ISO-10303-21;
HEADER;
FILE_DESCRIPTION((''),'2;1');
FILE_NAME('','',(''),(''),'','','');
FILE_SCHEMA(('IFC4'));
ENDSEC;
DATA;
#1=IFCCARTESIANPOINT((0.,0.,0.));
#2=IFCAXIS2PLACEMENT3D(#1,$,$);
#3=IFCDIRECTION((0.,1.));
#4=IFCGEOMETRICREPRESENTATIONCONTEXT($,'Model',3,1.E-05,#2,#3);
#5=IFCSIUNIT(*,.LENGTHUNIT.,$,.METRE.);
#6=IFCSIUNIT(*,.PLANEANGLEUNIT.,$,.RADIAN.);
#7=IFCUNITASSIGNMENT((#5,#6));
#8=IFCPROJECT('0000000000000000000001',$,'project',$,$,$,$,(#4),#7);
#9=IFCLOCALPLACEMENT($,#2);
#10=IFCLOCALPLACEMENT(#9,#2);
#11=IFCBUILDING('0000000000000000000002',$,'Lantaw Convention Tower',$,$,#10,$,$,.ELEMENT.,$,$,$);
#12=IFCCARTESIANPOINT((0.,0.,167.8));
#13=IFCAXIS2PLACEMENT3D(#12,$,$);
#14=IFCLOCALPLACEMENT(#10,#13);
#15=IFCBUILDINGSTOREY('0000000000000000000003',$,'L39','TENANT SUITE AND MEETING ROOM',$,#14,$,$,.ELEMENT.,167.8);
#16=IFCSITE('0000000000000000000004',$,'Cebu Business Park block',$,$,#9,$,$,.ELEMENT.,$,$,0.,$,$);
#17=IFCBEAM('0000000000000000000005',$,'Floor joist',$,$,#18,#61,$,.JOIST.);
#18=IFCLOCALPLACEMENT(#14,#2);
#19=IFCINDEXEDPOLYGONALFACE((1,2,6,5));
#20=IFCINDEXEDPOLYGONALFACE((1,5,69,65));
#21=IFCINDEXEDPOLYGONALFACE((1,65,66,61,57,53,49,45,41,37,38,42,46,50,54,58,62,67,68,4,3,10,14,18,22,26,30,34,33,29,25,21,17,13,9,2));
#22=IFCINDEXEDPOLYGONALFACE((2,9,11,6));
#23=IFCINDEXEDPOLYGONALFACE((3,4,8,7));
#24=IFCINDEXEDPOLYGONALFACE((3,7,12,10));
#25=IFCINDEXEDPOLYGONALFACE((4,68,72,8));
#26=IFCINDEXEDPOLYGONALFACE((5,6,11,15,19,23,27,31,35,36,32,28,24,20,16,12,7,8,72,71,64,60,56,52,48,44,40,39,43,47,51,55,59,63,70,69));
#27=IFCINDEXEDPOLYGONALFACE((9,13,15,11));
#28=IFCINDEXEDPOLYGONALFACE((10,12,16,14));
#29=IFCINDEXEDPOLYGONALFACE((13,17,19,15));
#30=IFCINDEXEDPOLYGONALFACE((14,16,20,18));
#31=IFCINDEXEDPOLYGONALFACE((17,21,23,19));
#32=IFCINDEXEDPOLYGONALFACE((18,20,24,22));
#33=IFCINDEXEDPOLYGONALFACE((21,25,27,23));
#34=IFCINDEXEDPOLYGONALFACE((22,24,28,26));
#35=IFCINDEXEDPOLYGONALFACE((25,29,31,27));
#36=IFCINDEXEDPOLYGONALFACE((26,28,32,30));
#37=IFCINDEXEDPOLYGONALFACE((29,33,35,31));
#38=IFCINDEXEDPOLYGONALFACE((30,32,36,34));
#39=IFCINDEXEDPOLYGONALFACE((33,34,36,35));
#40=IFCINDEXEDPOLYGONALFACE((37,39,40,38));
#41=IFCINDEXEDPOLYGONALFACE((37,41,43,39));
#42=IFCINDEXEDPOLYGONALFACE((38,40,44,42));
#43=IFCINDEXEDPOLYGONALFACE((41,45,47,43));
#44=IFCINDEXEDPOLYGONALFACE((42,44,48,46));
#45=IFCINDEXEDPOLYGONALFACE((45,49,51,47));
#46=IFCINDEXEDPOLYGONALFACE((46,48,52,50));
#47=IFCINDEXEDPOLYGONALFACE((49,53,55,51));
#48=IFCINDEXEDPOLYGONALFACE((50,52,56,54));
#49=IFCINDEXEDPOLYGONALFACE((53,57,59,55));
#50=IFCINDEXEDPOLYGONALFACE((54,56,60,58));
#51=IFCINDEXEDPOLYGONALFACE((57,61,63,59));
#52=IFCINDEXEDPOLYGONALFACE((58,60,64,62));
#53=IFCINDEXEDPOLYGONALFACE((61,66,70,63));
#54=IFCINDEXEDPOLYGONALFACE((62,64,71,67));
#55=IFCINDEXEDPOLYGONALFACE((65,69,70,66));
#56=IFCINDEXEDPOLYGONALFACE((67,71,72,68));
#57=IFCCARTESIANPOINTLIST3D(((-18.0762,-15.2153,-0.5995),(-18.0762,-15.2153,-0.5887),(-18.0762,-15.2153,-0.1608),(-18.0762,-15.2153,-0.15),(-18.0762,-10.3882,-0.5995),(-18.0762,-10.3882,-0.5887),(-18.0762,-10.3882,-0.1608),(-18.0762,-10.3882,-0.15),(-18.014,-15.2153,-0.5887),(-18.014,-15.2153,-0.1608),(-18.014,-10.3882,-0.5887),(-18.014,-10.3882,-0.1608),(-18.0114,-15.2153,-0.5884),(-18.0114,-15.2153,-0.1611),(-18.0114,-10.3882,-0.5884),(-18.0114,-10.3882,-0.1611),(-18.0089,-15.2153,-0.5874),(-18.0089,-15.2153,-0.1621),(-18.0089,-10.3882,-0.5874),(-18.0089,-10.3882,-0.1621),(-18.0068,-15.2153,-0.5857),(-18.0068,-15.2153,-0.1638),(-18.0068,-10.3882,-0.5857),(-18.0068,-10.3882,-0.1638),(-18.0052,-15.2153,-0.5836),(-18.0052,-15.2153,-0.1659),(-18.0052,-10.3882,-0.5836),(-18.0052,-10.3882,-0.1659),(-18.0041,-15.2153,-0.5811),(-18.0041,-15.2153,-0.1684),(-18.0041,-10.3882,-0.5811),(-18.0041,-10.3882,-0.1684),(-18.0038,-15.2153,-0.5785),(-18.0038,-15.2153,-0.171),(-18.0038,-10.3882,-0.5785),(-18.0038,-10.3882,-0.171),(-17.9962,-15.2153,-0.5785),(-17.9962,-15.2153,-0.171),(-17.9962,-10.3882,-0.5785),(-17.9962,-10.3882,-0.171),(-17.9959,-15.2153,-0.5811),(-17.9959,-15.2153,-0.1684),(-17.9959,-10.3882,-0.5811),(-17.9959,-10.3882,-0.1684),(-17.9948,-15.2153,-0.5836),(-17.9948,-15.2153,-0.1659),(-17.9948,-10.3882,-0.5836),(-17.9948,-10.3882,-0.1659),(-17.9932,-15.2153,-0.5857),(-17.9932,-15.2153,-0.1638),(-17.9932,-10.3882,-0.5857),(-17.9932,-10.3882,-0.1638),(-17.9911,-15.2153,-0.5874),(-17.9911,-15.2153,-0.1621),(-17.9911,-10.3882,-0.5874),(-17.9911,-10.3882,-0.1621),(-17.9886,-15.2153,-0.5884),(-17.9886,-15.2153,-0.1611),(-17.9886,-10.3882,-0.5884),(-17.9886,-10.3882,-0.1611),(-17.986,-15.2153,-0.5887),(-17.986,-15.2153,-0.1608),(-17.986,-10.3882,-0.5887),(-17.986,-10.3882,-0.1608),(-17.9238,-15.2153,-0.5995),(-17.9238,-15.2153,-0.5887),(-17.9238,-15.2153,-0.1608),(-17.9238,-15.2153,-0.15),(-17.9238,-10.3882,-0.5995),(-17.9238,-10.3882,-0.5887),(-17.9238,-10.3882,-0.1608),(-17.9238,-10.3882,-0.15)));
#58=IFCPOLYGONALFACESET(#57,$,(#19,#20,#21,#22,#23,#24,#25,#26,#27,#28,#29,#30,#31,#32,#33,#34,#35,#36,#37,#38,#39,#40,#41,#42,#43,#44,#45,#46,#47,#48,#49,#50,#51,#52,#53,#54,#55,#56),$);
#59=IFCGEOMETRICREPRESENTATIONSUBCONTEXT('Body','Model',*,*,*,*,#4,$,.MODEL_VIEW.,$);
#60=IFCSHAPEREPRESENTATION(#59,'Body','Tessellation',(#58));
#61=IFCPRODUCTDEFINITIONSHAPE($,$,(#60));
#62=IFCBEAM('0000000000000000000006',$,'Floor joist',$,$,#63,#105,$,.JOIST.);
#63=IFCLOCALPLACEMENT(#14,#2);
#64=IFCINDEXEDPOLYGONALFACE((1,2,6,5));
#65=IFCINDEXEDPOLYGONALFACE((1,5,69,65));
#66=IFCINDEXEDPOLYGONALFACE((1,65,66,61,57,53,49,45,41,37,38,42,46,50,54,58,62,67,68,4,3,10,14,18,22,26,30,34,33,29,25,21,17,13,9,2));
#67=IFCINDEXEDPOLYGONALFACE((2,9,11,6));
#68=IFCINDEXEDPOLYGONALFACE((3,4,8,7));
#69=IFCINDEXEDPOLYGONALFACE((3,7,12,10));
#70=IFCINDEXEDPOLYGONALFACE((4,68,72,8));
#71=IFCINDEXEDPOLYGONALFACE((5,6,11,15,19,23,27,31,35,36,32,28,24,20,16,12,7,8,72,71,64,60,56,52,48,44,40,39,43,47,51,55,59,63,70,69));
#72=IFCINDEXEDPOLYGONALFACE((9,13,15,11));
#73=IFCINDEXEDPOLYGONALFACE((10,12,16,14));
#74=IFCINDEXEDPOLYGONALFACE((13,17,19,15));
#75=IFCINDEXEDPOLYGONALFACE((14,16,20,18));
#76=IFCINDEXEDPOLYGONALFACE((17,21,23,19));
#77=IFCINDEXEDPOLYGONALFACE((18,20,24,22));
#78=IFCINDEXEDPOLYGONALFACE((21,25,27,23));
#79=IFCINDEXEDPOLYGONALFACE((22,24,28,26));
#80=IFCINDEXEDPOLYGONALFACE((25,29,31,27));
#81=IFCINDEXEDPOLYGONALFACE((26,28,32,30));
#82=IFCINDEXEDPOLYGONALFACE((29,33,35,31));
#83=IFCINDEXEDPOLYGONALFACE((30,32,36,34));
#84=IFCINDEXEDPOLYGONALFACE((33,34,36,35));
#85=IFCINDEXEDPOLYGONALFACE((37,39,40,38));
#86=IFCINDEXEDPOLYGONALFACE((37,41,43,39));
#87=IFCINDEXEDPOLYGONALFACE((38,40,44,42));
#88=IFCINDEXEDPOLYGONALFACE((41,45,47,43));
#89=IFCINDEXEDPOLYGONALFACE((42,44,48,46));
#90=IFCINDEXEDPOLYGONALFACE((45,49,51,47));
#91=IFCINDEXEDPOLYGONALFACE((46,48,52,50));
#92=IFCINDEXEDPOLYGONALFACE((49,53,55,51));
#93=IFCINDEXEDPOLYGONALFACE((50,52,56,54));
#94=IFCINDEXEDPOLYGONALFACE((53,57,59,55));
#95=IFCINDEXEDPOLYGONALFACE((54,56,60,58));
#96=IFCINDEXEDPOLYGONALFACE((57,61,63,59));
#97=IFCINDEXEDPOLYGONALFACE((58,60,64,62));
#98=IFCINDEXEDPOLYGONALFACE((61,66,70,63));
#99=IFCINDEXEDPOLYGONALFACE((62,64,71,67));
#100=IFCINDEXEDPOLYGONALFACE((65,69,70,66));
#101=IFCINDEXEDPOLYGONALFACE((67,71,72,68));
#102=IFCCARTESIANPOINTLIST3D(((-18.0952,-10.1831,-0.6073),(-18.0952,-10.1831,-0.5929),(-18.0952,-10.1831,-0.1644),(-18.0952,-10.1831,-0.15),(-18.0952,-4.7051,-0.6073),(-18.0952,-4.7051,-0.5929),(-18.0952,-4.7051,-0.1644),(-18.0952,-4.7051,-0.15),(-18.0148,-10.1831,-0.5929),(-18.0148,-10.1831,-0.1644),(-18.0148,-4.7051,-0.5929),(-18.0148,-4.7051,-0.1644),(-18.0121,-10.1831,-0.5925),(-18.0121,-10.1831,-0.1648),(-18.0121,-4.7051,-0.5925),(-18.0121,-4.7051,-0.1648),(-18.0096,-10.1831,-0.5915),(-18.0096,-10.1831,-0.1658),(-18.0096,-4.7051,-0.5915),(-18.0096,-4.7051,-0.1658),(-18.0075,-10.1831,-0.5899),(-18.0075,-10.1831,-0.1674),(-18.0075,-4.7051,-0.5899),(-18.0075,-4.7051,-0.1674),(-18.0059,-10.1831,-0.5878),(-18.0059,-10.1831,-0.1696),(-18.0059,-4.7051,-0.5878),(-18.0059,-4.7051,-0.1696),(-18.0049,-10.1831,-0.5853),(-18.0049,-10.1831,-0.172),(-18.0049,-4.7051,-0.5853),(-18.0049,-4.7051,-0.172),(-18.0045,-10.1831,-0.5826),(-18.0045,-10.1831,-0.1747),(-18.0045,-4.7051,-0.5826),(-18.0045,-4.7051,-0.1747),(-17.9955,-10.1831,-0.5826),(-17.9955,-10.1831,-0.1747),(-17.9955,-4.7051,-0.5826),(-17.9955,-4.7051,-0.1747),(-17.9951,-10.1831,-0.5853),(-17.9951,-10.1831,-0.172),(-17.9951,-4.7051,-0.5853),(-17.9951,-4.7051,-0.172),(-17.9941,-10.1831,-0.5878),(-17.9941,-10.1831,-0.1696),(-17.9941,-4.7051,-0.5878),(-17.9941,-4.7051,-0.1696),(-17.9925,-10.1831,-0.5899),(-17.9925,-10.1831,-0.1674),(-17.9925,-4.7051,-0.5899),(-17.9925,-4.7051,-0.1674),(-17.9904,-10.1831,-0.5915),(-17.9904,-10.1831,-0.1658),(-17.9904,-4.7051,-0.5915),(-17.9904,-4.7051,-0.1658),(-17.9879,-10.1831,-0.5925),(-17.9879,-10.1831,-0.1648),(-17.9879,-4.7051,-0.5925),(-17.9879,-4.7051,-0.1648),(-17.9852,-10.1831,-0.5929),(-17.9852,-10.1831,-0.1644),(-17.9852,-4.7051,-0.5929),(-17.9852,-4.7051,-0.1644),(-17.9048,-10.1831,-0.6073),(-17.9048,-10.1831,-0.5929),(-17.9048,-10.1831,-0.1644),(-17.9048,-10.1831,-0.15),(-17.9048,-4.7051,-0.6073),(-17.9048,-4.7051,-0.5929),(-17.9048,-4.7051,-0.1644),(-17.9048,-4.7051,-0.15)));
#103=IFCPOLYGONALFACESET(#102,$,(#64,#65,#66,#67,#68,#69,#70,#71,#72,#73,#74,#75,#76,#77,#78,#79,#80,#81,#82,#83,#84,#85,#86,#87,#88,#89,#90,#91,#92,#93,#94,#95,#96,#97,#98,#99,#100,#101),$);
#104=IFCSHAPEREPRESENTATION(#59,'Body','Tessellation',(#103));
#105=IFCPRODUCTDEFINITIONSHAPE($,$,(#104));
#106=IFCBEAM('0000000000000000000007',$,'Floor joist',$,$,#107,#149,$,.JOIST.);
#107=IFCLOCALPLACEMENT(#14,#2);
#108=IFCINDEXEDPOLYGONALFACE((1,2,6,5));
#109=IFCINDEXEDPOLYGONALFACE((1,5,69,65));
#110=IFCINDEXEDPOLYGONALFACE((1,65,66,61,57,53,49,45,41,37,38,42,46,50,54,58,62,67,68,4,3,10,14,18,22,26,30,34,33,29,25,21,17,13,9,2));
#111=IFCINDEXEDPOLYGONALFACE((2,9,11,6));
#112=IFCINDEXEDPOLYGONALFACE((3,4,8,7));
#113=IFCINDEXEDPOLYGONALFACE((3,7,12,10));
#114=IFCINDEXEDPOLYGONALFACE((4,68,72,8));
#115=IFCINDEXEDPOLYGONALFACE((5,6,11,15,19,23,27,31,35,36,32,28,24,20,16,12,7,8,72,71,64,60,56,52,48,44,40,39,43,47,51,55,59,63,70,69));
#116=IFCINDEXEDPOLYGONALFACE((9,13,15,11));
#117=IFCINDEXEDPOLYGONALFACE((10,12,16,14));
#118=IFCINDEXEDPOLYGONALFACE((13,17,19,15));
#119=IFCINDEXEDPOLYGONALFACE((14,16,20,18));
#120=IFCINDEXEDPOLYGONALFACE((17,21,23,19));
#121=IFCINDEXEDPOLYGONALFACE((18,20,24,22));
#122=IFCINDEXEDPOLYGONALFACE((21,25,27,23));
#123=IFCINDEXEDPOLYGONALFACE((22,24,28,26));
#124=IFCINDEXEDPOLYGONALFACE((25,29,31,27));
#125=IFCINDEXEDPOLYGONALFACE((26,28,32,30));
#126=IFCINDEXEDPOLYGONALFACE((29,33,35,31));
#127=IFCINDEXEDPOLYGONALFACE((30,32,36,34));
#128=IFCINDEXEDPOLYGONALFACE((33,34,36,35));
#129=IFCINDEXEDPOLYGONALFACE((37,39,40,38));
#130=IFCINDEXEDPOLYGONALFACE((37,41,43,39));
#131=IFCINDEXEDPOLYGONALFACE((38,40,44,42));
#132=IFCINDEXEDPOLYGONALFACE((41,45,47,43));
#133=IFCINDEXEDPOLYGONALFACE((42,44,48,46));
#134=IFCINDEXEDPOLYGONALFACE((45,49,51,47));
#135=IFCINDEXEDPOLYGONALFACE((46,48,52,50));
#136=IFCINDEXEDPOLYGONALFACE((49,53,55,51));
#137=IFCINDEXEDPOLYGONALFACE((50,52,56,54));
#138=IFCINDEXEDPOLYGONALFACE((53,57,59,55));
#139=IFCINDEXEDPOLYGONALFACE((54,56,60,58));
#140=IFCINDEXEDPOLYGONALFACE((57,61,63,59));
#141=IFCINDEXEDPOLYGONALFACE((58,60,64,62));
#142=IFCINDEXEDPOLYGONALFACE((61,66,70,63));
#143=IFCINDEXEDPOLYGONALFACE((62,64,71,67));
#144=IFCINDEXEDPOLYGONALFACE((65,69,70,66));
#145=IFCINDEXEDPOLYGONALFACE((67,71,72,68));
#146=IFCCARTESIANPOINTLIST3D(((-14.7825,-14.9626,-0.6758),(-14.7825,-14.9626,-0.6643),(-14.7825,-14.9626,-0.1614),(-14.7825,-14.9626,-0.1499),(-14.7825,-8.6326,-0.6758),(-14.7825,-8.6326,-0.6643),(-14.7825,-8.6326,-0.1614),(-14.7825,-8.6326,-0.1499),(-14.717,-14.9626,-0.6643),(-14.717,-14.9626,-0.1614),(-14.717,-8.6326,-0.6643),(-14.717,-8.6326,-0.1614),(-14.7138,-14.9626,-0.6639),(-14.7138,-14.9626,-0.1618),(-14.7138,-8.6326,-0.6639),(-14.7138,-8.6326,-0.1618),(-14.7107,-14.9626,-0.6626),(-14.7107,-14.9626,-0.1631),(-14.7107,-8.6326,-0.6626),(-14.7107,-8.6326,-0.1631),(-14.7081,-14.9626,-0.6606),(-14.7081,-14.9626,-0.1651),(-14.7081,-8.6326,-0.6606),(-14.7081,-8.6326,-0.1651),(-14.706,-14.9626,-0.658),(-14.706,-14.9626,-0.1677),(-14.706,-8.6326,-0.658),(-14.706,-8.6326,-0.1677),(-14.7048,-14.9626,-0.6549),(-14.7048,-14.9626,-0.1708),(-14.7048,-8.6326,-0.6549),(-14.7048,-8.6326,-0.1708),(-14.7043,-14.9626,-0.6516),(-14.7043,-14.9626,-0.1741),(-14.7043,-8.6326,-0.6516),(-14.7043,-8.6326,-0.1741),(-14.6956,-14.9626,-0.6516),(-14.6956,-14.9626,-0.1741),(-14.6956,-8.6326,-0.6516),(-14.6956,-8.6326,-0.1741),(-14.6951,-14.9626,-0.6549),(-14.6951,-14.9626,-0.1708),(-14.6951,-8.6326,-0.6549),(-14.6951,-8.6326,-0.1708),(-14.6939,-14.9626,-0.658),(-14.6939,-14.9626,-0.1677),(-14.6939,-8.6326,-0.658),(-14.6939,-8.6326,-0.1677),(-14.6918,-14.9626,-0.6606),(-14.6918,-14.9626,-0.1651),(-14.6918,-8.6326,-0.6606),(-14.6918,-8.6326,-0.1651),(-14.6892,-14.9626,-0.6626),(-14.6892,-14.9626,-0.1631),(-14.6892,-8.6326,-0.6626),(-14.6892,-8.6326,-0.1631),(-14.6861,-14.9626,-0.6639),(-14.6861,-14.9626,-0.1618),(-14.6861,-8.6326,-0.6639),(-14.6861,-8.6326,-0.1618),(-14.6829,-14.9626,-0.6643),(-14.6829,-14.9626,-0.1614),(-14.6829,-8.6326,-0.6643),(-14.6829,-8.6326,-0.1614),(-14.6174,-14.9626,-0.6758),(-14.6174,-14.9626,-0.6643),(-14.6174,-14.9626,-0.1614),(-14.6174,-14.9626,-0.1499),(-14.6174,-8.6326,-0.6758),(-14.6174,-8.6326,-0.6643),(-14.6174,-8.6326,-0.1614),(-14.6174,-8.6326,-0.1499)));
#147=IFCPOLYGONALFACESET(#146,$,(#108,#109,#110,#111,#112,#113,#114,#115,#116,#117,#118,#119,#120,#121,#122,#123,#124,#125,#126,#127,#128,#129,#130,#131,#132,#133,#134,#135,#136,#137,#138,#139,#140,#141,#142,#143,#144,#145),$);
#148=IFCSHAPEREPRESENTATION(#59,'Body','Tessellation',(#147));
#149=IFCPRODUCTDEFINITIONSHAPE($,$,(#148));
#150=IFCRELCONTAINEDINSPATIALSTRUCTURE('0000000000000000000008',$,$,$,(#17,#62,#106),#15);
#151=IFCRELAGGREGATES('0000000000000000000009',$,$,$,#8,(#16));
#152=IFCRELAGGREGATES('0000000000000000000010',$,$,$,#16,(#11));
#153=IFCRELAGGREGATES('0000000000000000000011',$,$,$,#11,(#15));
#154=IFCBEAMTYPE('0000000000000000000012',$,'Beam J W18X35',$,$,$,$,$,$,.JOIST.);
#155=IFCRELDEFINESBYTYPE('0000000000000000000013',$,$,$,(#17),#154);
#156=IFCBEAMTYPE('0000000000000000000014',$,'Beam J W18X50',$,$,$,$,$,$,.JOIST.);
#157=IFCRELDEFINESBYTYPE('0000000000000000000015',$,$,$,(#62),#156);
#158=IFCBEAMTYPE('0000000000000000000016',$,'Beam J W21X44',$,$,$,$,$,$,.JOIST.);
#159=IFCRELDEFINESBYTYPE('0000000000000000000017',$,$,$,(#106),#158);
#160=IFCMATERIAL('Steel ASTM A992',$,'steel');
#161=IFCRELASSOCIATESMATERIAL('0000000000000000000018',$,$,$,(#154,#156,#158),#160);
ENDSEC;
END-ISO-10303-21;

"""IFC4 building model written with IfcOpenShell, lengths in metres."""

from ifc_helpers import new_model, si_unit, direction, frame, origin, origin_2d, place, context, subcontext, project, spatial, i_section, extrude, material, material_profile, profile_set, type_object, element, save


model = new_model("IFC4")

# Units and contexts
model_context = context("Model", 3, precision=1e-05, world=origin(), true_north=direction((0.0, 1.0)))
body_context = subcontext(model_context, "Body", "Model", "MODEL_VIEW")
ifc_project = project(units=[si_unit("LENGTHUNIT", "METRE"), si_unit("PLANEANGLEUNIT", "RADIAN")], contexts=[model_context])

# Site, building, storey
site_placement = place(None, origin())
site = spatial("IfcSite", under=ifc_project, at=site_placement, Name="Cebu Business Park block", CompositionType="ELEMENT", RefElevation=0.0)
building_placement = place(site_placement, origin())
building = spatial("IfcBuilding", under=site, at=building_placement, Name="Lantaw Convention Tower", CompositionType="ELEMENT")
storey_placement = place(building_placement, frame((0.0, 0.0, 167.8)))
storey = spatial("IfcBuildingStorey", under=building, at=storey_placement, Name="L39", Description="TENANT SUITE AND MEETING ROOM", CompositionType="ELEMENT", Elevation=167.8)

# Beams
ifc_material_1 = material(Name="Steel ASTM A992", Category="steel")
ifc_material_profile_1 = material_profile(ifc_material_1, i_section(OverallWidth=0.1523, OverallDepth=0.4495, WebThickness=0.0076, FlangeThickness=0.0107, FilletRadius=0.0103, at=origin_2d()), Name="W18X35")
ifc_profile_set_1 = profile_set([ifc_material_profile_1], Name="Steel ASTM A992")
beam_type_1 = type_object("IfcBeamType", Name="Beam J W18X35", PredefinedType="JOIST", material=ifc_profile_set_1)
beam_1_placement = place(storey_placement, frame((-18.0, -15.2153, -0.3748), z_axis=(0.0, 1.0, 0.0), x_axis=(-1.0, 0.0, 0.0)))
element("IfcBeam", 1, at=beam_1_placement, inside=storey, type_object=beam_type_1, Name="Floor joist", PredefinedType="JOIST", context=body_context, shape_type="SweptSolid", body=[
    extrude(i_section(OverallWidth=0.1523, OverallDepth=0.4495, WebThickness=0.0076, FlangeThickness=0.0107, FilletRadius=0.0103, at=origin_2d()), origin(), (0.0, 0.0, 1.0), 4.8271),
])
ifc_material_profile_2 = material_profile(ifc_material_1, i_section(OverallWidth=0.1904, OverallDepth=0.4573, WebThickness=0.009, FlangeThickness=0.0144, FilletRadius=0.0103, at=origin_2d()), Name="W18X50")
ifc_profile_set_2 = profile_set([ifc_material_profile_2], Name="Steel ASTM A992")
beam_type_2 = type_object("IfcBeamType", Name="Beam J W18X50", PredefinedType="JOIST", material=ifc_profile_set_2)
beam_2_placement = place(storey_placement, frame((-18.0, -10.1831, -0.3787), z_axis=(0.0, 1.0, 0.0), x_axis=(-1.0, 0.0, 0.0)))
element("IfcBeam", 2, at=beam_2_placement, inside=storey, type_object=beam_type_2, Name="Floor joist", PredefinedType="JOIST", context=body_context, shape_type="SweptSolid", body=[
    extrude(i_section(OverallWidth=0.1904, OverallDepth=0.4573, WebThickness=0.009, FlangeThickness=0.0144, FilletRadius=0.0103, at=origin_2d()), origin(), (0.0, 0.0, 1.0), 5.478),
])
ifc_material_profile_3 = material_profile(ifc_material_1, i_section(OverallWidth=0.165, OverallDepth=0.5259, WebThickness=0.0088, FlangeThickness=0.0115, FilletRadius=0.0127, at=origin_2d()), Name="W21X44")
ifc_profile_set_3 = profile_set([ifc_material_profile_3], Name="Steel ASTM A992")
beam_type_3 = type_object("IfcBeamType", Name="Beam J W21X44", PredefinedType="JOIST", material=ifc_profile_set_3)
beam_3_placement = place(storey_placement, frame((-14.7, -14.9626, -0.4128), z_axis=(0.0, 1.0, 0.0), x_axis=(-1.0, 0.0, 0.0)))
element("IfcBeam", 3, at=beam_3_placement, inside=storey, type_object=beam_type_3, Name="Floor joist", PredefinedType="JOIST", context=body_context, shape_type="SweptSolid", body=[
    extrude(i_section(OverallWidth=0.165, OverallDepth=0.5259, WebThickness=0.0088, FlangeThickness=0.0115, FilletRadius=0.0127, at=origin_2d()), origin(), (0.0, 0.0, 1.0), 6.3301),
])

save(model, "model.ifc")
